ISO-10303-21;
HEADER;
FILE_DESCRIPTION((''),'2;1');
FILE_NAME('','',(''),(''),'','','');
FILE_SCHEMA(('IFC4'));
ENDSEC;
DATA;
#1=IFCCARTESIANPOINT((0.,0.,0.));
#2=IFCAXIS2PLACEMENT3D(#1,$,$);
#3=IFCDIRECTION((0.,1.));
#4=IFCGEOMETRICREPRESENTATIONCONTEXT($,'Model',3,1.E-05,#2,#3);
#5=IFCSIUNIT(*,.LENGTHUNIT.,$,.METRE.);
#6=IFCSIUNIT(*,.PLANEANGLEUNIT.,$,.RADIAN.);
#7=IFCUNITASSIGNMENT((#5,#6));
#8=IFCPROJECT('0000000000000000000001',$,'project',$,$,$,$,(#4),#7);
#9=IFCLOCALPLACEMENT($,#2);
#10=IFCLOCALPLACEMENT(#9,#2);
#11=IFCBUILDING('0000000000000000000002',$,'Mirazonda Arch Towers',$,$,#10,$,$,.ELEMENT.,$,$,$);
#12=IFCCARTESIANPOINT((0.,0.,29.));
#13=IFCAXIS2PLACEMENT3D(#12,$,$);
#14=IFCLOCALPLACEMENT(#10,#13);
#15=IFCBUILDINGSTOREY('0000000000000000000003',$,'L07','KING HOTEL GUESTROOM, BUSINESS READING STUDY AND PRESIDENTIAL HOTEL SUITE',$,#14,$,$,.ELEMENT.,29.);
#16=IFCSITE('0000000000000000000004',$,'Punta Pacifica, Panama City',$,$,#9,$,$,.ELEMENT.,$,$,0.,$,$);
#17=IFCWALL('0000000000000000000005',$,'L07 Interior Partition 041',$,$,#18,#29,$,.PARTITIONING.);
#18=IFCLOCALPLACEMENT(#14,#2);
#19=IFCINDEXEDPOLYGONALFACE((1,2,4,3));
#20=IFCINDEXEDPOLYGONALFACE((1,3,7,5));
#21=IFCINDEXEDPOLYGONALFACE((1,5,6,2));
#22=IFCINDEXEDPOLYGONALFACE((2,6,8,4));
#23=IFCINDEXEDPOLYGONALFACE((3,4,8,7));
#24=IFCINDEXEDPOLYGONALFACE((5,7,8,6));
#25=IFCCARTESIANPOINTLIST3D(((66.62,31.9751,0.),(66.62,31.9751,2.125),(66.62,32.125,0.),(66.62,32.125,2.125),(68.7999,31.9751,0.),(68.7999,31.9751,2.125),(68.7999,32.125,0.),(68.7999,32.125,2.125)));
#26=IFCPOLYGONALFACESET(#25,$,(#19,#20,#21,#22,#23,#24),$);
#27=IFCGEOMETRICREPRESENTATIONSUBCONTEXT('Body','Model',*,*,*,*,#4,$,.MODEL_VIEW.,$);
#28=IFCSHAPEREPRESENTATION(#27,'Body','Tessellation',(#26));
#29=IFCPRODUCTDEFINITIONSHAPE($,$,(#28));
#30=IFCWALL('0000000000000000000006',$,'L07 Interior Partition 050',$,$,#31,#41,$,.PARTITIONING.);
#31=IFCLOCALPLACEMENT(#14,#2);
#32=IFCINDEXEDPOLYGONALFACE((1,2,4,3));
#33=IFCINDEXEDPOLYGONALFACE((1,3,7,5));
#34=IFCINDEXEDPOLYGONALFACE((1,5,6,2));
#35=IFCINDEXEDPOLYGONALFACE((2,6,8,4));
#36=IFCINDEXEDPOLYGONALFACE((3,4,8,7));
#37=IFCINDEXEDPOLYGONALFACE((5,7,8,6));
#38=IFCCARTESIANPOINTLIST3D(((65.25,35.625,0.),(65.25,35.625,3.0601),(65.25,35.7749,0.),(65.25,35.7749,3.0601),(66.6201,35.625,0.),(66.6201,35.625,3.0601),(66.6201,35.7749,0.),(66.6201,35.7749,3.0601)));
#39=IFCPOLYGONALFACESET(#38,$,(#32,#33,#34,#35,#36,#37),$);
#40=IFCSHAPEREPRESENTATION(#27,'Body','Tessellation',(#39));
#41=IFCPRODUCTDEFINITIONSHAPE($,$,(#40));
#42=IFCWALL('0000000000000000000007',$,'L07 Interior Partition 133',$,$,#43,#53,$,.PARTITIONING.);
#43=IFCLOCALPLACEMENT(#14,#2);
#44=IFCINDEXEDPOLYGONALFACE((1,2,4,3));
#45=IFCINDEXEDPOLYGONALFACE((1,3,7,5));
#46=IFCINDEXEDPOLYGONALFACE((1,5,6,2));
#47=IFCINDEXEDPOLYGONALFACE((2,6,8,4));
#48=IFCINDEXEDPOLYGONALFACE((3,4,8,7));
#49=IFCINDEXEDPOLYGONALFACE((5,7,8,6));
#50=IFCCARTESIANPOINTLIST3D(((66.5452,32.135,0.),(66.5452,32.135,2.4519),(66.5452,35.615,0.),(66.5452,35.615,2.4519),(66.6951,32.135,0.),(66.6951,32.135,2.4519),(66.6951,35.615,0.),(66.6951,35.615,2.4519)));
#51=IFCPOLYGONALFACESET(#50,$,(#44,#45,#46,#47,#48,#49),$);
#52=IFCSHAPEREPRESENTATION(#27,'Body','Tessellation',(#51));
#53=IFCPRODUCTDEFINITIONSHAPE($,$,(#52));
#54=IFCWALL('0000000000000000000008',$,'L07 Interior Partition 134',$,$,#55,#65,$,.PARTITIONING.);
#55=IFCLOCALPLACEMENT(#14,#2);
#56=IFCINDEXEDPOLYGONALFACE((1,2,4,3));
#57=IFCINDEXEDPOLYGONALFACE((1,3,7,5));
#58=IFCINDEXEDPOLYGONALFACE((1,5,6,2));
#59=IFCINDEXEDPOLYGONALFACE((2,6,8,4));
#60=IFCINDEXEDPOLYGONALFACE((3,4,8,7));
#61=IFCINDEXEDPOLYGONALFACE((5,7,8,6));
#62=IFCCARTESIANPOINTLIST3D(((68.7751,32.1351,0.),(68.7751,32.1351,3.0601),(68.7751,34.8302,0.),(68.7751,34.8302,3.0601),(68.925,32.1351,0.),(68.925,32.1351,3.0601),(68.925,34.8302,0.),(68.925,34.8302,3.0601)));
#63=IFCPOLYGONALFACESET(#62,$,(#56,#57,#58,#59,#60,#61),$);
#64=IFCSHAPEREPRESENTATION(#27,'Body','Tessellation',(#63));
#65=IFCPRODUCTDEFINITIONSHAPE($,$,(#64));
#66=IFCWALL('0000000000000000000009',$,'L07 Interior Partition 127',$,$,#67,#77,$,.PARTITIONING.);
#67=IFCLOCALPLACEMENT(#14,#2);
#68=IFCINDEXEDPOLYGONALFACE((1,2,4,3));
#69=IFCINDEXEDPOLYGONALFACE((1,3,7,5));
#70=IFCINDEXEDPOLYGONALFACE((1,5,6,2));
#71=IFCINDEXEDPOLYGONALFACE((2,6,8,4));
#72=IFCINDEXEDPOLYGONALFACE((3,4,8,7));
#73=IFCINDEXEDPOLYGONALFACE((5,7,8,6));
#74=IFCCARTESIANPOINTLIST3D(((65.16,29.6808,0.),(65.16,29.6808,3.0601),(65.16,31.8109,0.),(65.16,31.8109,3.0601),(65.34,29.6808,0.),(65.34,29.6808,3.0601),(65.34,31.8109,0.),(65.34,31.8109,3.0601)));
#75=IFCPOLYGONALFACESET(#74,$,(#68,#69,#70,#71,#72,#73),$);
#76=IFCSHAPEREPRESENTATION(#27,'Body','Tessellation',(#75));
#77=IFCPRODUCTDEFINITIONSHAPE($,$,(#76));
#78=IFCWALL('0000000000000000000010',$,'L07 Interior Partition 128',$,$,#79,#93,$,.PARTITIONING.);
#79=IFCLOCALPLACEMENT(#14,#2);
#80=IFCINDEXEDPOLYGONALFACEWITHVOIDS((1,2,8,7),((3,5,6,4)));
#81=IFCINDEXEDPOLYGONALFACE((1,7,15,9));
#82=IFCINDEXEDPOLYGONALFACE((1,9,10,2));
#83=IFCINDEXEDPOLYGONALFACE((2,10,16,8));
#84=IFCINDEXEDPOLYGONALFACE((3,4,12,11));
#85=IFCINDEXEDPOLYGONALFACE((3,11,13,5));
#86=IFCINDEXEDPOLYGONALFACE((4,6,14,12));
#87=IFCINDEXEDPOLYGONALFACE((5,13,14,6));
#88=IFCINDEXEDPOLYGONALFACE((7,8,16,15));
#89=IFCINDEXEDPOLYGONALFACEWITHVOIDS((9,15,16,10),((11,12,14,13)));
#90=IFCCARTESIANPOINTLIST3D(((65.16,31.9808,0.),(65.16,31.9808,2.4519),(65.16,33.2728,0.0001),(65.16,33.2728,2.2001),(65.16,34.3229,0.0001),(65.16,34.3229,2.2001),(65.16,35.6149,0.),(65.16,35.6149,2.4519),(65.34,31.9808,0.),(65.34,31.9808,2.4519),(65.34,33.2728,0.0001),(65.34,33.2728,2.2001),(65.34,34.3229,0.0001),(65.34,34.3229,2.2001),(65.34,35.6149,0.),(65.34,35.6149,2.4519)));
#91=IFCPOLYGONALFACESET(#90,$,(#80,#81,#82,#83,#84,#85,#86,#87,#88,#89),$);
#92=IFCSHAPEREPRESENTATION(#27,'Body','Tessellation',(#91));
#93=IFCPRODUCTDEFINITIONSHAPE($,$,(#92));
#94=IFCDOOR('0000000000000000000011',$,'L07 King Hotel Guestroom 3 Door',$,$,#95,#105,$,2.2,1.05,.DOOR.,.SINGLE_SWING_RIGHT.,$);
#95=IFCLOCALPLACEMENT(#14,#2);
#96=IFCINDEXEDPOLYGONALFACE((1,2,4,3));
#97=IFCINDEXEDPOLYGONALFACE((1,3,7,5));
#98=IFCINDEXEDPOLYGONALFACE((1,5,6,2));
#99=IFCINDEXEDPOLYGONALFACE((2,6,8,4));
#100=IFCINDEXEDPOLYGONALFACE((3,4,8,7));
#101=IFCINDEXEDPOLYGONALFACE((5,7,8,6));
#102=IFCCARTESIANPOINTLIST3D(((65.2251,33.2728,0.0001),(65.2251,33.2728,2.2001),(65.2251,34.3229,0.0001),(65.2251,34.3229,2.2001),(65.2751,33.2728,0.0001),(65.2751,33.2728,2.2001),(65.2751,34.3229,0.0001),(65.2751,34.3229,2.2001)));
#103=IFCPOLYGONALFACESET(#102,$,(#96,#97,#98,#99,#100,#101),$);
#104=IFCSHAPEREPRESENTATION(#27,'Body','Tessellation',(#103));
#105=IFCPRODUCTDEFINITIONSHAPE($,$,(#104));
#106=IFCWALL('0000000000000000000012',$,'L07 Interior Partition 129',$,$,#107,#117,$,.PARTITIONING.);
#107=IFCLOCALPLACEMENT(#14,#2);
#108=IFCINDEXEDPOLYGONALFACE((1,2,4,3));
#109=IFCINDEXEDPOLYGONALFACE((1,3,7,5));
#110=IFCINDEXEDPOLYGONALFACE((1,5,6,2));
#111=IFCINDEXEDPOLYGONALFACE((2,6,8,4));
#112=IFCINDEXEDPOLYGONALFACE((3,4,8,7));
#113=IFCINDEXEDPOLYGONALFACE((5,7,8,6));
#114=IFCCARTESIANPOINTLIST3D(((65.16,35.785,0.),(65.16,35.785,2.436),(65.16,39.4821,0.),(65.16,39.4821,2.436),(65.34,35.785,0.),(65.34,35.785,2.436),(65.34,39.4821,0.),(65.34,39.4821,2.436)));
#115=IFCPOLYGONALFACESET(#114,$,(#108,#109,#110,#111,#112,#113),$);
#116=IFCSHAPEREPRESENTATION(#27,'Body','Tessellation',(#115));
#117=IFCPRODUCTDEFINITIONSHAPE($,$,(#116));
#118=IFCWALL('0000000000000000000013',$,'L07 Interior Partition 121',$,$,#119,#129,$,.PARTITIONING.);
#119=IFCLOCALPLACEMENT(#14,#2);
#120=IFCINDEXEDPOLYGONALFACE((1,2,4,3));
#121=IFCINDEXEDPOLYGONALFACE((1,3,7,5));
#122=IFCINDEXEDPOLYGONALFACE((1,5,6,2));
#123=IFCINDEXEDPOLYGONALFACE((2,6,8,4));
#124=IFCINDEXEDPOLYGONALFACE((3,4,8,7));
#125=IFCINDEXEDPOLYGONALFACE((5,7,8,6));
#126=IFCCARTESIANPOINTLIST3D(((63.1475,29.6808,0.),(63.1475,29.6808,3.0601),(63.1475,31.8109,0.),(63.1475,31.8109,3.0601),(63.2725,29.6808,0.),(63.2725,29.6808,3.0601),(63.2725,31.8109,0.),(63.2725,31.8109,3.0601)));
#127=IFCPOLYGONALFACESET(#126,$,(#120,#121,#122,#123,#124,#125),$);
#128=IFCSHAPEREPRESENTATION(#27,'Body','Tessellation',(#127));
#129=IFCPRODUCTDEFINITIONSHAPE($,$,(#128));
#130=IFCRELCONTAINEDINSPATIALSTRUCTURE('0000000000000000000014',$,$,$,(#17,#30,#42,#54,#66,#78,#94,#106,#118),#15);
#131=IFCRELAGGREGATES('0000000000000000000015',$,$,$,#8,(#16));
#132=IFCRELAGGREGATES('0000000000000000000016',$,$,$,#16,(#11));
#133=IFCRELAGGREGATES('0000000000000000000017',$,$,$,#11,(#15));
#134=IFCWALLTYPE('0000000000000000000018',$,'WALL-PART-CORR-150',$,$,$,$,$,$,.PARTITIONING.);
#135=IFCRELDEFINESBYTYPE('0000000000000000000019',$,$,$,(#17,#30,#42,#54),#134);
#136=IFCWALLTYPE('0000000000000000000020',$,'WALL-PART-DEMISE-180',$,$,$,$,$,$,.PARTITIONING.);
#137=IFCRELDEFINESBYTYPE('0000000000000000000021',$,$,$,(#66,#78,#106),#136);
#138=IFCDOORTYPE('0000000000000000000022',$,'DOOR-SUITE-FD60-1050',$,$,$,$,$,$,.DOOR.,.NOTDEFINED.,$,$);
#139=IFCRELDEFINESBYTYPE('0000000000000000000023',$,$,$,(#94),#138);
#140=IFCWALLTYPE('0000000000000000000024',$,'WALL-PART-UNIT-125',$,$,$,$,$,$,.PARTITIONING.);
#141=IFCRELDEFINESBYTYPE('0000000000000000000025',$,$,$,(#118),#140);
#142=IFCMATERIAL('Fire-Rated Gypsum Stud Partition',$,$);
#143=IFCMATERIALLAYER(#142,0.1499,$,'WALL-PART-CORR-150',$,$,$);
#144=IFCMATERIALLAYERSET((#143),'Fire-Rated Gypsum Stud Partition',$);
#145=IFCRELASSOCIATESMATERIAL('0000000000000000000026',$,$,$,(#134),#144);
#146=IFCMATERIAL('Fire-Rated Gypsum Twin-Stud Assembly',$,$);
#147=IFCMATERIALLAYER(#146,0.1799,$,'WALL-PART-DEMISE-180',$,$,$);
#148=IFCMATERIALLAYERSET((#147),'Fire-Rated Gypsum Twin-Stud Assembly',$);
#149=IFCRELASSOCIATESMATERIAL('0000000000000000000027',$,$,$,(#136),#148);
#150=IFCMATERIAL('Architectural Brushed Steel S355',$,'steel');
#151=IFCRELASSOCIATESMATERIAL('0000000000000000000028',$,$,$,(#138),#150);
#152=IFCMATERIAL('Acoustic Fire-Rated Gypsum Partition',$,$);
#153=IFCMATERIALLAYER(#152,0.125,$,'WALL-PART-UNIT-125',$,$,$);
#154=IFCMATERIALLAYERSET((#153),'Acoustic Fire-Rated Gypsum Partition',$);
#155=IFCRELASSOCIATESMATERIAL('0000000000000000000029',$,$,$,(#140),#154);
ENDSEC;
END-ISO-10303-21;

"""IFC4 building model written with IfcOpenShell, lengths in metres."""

from ifc_helpers import new_model, si_unit, direction, frame, frame_2d, origin, place, context, subcontext, project, spatial, rectangle, extrude, material, layer, layer_set, type_object, element, fill, save


model = new_model("IFC4")

# Units and contexts
model_context = context("Model", 3, precision=1e-05, world=origin(), true_north=direction((0.0, 1.0)))
body_context = subcontext(model_context, "Body", "Model", "MODEL_VIEW")
ifc_project = project(units=[si_unit("LENGTHUNIT", "METRE"), si_unit("PLANEANGLEUNIT", "RADIAN")], contexts=[model_context])

# Site, building, storey
site_placement = place(None, origin())
site = spatial("IfcSite", under=ifc_project, at=site_placement, Name="Punta Pacifica, Panama City", CompositionType="ELEMENT", RefElevation=0.0)
building_placement = place(site_placement, origin())
building = spatial("IfcBuilding", under=site, at=building_placement, Name="Mirazonda Arch Towers", CompositionType="ELEMENT")
storey_placement = place(building_placement, frame((0.0, 0.0, 29.0)))
storey = spatial("IfcBuildingStorey", under=building, at=storey_placement, Name="L07", Description="KING HOTEL GUESTROOM, BUSINESS READING STUDY AND PRESIDENTIAL HOTEL SUITE", CompositionType="ELEMENT", Elevation=29.0)

# Shared definitions
ifc_material_1 = material(Name="Architectural Brushed Steel S355", Category="steel")
ifc_material_2 = material(Name="Fire-Rated Gypsum Stud Partition")
ifc_layer_1 = layer(ifc_material_2, 0.1499, Name="WALL-PART-CORR-150")
ifc_layer_set_1 = layer_set([ifc_layer_1], Name="Fire-Rated Gypsum Stud Partition")
wall_type_1 = type_object("IfcWallType", Name="WALL-PART-CORR-150", PredefinedType="PARTITIONING", material=ifc_layer_set_1)

# Walls
wall_1_placement = place(storey_placement, frame((66.6201, 32.05, 0.0), z_axis=(0.0, 0.0, 1.0), x_axis=(1.0, 0.0, 0.0)))
element("IfcWall", 1, at=wall_1_placement, inside=storey, type_object=wall_type_1, Name="L07 Interior Partition 041", PredefinedType="PARTITIONING", context=body_context, shape_type="SweptSolid", body=[
    extrude(rectangle(XDim=2.1799, YDim=0.1499, at=frame_2d((1.0898, 0.0))), origin(), (0.0, 0.0, 1.0), 2.125),
])
wall_2_placement = place(storey_placement, frame((65.25, 35.7, 0.0), z_axis=(0.0, 0.0, 1.0), x_axis=(1.0, 0.0, 0.0)))
element("IfcWall", 2, at=wall_2_placement, inside=storey, type_object=wall_type_1, Name="L07 Interior Partition 050", PredefinedType="PARTITIONING", context=body_context, shape_type="SweptSolid", body=[
    extrude(rectangle(XDim=1.3701, YDim=0.1499, at=frame_2d((0.6851, 0.0))), origin(), (0.0, 0.0, 1.0), 3.0601),
])
wall_3_placement = place(storey_placement, frame((66.6201, 32.135, 0.0), z_axis=(0.0, 0.0, 1.0), x_axis=(0.0, 1.0, 0.0)))
element("IfcWall", 3, at=wall_3_placement, inside=storey, type_object=wall_type_1, Name="L07 Interior Partition 133", PredefinedType="PARTITIONING", context=body_context, shape_type="SweptSolid", body=[
    extrude(rectangle(XDim=3.48, YDim=0.1499, at=frame_2d((1.74, 0.0))), origin(), (0.0, 0.0, 1.0), 2.4519),
])
wall_4_placement = place(storey_placement, frame((68.8501, 32.135, 0.0), z_axis=(0.0, 0.0, 1.0), x_axis=(0.0, 1.0, 0.0)))
element("IfcWall", 4, at=wall_4_placement, inside=storey, type_object=wall_type_1, Name="L07 Interior Partition 134", PredefinedType="PARTITIONING", context=body_context, shape_type="SweptSolid", body=[
    extrude(rectangle(XDim=2.6951, YDim=0.1499, at=frame_2d((1.3477, 0.0))), origin(), (0.0, 0.0, 1.0), 3.0601),
])
ifc_material_3 = material(Name="Fire-Rated Gypsum Twin-Stud Assembly")
ifc_layer_2 = layer(ifc_material_3, 0.1799, Name="WALL-PART-DEMISE-180")
ifc_layer_set_2 = layer_set([ifc_layer_2], Name="Fire-Rated Gypsum Twin-Stud Assembly")
wall_type_2 = type_object("IfcWallType", Name="WALL-PART-DEMISE-180", PredefinedType="PARTITIONING", material=ifc_layer_set_2)
wall_5_placement = place(storey_placement, frame((65.25, 29.6809, 0.0), z_axis=(0.0, 0.0, 1.0), x_axis=(0.0, 1.0, 0.0)))
element("IfcWall", 5, at=wall_5_placement, inside=storey, type_object=wall_type_2, Name="L07 Interior Partition 127", PredefinedType="PARTITIONING", context=body_context, shape_type="SweptSolid", body=[
    extrude(rectangle(XDim=2.1301, YDim=0.1799, at=frame_2d((1.0649, 0.0))), origin(), (0.0, 0.0, 1.0), 3.0601),
])

# Wall, opening, door
wall_6_placement = place(storey_placement, frame((65.25, 31.981, 0.0), z_axis=(0.0, 0.0, 1.0), x_axis=(0.0, 1.0, 0.0)))
wall_6 = element("IfcWall", 6, at=wall_6_placement, inside=storey, type_object=wall_type_2, Name="L07 Interior Partition 128", PredefinedType="PARTITIONING", context=body_context, shape_type="SweptSolid", body=[
    extrude(rectangle(XDim=3.634, YDim=0.1799, at=frame_2d((1.8169, 0.0))), origin(), (0.0, 0.0, 1.0), 2.4519),
])
opening_1_placement = place(wall_6_placement, frame((1.292, 0.0, 0.0)))
opening_1 = element("IfcOpeningElement", 7, at=opening_1_placement, cuts=wall_6, PredefinedType="OPENING", context=body_context, shape_type="SweptSolid", body=[
    extrude(rectangle(XDim=1.05, YDim=2.2, at=frame_2d((0.5249, 1.1001))), frame((0.0, 0.0999, 0.0), z_axis=(0.0, -1.0, 0.0), x_axis=(1.0, 0.0, 0.0)), (0.0, 0.0, 1.0), 0.2),
])
door_type_1 = type_object("IfcDoorType", Name="DOOR-SUITE-FD60-1050", OperationType="NOTDEFINED", PredefinedType="DOOR", material=ifc_material_1)
door_1_placement = place(opening_1_placement, origin())
door_1 = element("IfcDoor", 8, at=door_1_placement, inside=storey, type_object=door_type_1, Name="L07 King Hotel Guestroom 3 Door", OperationType="SINGLE_SWING_RIGHT", OverallHeight=2.2, OverallWidth=1.05, PredefinedType="DOOR", context=body_context, shape_type="SweptSolid", body=[
    extrude(rectangle(XDim=1.05, YDim=2.2, at=frame_2d((0.5249, 1.1001))), frame((0.0, 0.0249, 0.0), z_axis=(0.0, -1.0, 0.0), x_axis=(1.0, 0.0, 0.0)), (0.0, 0.0, 1.0), 0.05),
])
fill(opening_1, door_1)

# Walls
wall_7_placement = place(storey_placement, frame((65.25, 35.7849, 0.0), z_axis=(0.0, 0.0, 1.0), x_axis=(0.0, 1.0, 0.0)))
element("IfcWall", 9, at=wall_7_placement, inside=storey, type_object=wall_type_2, Name="L07 Interior Partition 129", PredefinedType="PARTITIONING", context=body_context, shape_type="SweptSolid", body=[
    extrude(rectangle(XDim=3.697, YDim=0.1799, at=frame_2d((1.8486, 0.0))), origin(), (0.0, 0.0, 1.0), 2.436),
])
ifc_material_4 = material(Name="Acoustic Fire-Rated Gypsum Partition")
ifc_layer_3 = layer(ifc_material_4, 0.125, Name="WALL-PART-UNIT-125")
ifc_layer_set_3 = layer_set([ifc_layer_3], Name="Acoustic Fire-Rated Gypsum Partition")
wall_type_3 = type_object("IfcWallType", Name="WALL-PART-UNIT-125", PredefinedType="PARTITIONING", material=ifc_layer_set_3)
wall_8_placement = place(storey_placement, frame((63.21, 29.6809, 0.0), z_axis=(0.0, 0.0, 1.0), x_axis=(0.0, 1.0, 0.0)))
element("IfcWall", 10, at=wall_8_placement, inside=storey, type_object=wall_type_3, Name="L07 Interior Partition 121", PredefinedType="PARTITIONING", context=body_context, shape_type="SweptSolid", body=[
    extrude(rectangle(XDim=2.1301, YDim=0.125, at=frame_2d((1.0649, 0.0))), origin(), (0.0, 0.0, 1.0), 3.0601),
])

save(model, "model.ifc")
